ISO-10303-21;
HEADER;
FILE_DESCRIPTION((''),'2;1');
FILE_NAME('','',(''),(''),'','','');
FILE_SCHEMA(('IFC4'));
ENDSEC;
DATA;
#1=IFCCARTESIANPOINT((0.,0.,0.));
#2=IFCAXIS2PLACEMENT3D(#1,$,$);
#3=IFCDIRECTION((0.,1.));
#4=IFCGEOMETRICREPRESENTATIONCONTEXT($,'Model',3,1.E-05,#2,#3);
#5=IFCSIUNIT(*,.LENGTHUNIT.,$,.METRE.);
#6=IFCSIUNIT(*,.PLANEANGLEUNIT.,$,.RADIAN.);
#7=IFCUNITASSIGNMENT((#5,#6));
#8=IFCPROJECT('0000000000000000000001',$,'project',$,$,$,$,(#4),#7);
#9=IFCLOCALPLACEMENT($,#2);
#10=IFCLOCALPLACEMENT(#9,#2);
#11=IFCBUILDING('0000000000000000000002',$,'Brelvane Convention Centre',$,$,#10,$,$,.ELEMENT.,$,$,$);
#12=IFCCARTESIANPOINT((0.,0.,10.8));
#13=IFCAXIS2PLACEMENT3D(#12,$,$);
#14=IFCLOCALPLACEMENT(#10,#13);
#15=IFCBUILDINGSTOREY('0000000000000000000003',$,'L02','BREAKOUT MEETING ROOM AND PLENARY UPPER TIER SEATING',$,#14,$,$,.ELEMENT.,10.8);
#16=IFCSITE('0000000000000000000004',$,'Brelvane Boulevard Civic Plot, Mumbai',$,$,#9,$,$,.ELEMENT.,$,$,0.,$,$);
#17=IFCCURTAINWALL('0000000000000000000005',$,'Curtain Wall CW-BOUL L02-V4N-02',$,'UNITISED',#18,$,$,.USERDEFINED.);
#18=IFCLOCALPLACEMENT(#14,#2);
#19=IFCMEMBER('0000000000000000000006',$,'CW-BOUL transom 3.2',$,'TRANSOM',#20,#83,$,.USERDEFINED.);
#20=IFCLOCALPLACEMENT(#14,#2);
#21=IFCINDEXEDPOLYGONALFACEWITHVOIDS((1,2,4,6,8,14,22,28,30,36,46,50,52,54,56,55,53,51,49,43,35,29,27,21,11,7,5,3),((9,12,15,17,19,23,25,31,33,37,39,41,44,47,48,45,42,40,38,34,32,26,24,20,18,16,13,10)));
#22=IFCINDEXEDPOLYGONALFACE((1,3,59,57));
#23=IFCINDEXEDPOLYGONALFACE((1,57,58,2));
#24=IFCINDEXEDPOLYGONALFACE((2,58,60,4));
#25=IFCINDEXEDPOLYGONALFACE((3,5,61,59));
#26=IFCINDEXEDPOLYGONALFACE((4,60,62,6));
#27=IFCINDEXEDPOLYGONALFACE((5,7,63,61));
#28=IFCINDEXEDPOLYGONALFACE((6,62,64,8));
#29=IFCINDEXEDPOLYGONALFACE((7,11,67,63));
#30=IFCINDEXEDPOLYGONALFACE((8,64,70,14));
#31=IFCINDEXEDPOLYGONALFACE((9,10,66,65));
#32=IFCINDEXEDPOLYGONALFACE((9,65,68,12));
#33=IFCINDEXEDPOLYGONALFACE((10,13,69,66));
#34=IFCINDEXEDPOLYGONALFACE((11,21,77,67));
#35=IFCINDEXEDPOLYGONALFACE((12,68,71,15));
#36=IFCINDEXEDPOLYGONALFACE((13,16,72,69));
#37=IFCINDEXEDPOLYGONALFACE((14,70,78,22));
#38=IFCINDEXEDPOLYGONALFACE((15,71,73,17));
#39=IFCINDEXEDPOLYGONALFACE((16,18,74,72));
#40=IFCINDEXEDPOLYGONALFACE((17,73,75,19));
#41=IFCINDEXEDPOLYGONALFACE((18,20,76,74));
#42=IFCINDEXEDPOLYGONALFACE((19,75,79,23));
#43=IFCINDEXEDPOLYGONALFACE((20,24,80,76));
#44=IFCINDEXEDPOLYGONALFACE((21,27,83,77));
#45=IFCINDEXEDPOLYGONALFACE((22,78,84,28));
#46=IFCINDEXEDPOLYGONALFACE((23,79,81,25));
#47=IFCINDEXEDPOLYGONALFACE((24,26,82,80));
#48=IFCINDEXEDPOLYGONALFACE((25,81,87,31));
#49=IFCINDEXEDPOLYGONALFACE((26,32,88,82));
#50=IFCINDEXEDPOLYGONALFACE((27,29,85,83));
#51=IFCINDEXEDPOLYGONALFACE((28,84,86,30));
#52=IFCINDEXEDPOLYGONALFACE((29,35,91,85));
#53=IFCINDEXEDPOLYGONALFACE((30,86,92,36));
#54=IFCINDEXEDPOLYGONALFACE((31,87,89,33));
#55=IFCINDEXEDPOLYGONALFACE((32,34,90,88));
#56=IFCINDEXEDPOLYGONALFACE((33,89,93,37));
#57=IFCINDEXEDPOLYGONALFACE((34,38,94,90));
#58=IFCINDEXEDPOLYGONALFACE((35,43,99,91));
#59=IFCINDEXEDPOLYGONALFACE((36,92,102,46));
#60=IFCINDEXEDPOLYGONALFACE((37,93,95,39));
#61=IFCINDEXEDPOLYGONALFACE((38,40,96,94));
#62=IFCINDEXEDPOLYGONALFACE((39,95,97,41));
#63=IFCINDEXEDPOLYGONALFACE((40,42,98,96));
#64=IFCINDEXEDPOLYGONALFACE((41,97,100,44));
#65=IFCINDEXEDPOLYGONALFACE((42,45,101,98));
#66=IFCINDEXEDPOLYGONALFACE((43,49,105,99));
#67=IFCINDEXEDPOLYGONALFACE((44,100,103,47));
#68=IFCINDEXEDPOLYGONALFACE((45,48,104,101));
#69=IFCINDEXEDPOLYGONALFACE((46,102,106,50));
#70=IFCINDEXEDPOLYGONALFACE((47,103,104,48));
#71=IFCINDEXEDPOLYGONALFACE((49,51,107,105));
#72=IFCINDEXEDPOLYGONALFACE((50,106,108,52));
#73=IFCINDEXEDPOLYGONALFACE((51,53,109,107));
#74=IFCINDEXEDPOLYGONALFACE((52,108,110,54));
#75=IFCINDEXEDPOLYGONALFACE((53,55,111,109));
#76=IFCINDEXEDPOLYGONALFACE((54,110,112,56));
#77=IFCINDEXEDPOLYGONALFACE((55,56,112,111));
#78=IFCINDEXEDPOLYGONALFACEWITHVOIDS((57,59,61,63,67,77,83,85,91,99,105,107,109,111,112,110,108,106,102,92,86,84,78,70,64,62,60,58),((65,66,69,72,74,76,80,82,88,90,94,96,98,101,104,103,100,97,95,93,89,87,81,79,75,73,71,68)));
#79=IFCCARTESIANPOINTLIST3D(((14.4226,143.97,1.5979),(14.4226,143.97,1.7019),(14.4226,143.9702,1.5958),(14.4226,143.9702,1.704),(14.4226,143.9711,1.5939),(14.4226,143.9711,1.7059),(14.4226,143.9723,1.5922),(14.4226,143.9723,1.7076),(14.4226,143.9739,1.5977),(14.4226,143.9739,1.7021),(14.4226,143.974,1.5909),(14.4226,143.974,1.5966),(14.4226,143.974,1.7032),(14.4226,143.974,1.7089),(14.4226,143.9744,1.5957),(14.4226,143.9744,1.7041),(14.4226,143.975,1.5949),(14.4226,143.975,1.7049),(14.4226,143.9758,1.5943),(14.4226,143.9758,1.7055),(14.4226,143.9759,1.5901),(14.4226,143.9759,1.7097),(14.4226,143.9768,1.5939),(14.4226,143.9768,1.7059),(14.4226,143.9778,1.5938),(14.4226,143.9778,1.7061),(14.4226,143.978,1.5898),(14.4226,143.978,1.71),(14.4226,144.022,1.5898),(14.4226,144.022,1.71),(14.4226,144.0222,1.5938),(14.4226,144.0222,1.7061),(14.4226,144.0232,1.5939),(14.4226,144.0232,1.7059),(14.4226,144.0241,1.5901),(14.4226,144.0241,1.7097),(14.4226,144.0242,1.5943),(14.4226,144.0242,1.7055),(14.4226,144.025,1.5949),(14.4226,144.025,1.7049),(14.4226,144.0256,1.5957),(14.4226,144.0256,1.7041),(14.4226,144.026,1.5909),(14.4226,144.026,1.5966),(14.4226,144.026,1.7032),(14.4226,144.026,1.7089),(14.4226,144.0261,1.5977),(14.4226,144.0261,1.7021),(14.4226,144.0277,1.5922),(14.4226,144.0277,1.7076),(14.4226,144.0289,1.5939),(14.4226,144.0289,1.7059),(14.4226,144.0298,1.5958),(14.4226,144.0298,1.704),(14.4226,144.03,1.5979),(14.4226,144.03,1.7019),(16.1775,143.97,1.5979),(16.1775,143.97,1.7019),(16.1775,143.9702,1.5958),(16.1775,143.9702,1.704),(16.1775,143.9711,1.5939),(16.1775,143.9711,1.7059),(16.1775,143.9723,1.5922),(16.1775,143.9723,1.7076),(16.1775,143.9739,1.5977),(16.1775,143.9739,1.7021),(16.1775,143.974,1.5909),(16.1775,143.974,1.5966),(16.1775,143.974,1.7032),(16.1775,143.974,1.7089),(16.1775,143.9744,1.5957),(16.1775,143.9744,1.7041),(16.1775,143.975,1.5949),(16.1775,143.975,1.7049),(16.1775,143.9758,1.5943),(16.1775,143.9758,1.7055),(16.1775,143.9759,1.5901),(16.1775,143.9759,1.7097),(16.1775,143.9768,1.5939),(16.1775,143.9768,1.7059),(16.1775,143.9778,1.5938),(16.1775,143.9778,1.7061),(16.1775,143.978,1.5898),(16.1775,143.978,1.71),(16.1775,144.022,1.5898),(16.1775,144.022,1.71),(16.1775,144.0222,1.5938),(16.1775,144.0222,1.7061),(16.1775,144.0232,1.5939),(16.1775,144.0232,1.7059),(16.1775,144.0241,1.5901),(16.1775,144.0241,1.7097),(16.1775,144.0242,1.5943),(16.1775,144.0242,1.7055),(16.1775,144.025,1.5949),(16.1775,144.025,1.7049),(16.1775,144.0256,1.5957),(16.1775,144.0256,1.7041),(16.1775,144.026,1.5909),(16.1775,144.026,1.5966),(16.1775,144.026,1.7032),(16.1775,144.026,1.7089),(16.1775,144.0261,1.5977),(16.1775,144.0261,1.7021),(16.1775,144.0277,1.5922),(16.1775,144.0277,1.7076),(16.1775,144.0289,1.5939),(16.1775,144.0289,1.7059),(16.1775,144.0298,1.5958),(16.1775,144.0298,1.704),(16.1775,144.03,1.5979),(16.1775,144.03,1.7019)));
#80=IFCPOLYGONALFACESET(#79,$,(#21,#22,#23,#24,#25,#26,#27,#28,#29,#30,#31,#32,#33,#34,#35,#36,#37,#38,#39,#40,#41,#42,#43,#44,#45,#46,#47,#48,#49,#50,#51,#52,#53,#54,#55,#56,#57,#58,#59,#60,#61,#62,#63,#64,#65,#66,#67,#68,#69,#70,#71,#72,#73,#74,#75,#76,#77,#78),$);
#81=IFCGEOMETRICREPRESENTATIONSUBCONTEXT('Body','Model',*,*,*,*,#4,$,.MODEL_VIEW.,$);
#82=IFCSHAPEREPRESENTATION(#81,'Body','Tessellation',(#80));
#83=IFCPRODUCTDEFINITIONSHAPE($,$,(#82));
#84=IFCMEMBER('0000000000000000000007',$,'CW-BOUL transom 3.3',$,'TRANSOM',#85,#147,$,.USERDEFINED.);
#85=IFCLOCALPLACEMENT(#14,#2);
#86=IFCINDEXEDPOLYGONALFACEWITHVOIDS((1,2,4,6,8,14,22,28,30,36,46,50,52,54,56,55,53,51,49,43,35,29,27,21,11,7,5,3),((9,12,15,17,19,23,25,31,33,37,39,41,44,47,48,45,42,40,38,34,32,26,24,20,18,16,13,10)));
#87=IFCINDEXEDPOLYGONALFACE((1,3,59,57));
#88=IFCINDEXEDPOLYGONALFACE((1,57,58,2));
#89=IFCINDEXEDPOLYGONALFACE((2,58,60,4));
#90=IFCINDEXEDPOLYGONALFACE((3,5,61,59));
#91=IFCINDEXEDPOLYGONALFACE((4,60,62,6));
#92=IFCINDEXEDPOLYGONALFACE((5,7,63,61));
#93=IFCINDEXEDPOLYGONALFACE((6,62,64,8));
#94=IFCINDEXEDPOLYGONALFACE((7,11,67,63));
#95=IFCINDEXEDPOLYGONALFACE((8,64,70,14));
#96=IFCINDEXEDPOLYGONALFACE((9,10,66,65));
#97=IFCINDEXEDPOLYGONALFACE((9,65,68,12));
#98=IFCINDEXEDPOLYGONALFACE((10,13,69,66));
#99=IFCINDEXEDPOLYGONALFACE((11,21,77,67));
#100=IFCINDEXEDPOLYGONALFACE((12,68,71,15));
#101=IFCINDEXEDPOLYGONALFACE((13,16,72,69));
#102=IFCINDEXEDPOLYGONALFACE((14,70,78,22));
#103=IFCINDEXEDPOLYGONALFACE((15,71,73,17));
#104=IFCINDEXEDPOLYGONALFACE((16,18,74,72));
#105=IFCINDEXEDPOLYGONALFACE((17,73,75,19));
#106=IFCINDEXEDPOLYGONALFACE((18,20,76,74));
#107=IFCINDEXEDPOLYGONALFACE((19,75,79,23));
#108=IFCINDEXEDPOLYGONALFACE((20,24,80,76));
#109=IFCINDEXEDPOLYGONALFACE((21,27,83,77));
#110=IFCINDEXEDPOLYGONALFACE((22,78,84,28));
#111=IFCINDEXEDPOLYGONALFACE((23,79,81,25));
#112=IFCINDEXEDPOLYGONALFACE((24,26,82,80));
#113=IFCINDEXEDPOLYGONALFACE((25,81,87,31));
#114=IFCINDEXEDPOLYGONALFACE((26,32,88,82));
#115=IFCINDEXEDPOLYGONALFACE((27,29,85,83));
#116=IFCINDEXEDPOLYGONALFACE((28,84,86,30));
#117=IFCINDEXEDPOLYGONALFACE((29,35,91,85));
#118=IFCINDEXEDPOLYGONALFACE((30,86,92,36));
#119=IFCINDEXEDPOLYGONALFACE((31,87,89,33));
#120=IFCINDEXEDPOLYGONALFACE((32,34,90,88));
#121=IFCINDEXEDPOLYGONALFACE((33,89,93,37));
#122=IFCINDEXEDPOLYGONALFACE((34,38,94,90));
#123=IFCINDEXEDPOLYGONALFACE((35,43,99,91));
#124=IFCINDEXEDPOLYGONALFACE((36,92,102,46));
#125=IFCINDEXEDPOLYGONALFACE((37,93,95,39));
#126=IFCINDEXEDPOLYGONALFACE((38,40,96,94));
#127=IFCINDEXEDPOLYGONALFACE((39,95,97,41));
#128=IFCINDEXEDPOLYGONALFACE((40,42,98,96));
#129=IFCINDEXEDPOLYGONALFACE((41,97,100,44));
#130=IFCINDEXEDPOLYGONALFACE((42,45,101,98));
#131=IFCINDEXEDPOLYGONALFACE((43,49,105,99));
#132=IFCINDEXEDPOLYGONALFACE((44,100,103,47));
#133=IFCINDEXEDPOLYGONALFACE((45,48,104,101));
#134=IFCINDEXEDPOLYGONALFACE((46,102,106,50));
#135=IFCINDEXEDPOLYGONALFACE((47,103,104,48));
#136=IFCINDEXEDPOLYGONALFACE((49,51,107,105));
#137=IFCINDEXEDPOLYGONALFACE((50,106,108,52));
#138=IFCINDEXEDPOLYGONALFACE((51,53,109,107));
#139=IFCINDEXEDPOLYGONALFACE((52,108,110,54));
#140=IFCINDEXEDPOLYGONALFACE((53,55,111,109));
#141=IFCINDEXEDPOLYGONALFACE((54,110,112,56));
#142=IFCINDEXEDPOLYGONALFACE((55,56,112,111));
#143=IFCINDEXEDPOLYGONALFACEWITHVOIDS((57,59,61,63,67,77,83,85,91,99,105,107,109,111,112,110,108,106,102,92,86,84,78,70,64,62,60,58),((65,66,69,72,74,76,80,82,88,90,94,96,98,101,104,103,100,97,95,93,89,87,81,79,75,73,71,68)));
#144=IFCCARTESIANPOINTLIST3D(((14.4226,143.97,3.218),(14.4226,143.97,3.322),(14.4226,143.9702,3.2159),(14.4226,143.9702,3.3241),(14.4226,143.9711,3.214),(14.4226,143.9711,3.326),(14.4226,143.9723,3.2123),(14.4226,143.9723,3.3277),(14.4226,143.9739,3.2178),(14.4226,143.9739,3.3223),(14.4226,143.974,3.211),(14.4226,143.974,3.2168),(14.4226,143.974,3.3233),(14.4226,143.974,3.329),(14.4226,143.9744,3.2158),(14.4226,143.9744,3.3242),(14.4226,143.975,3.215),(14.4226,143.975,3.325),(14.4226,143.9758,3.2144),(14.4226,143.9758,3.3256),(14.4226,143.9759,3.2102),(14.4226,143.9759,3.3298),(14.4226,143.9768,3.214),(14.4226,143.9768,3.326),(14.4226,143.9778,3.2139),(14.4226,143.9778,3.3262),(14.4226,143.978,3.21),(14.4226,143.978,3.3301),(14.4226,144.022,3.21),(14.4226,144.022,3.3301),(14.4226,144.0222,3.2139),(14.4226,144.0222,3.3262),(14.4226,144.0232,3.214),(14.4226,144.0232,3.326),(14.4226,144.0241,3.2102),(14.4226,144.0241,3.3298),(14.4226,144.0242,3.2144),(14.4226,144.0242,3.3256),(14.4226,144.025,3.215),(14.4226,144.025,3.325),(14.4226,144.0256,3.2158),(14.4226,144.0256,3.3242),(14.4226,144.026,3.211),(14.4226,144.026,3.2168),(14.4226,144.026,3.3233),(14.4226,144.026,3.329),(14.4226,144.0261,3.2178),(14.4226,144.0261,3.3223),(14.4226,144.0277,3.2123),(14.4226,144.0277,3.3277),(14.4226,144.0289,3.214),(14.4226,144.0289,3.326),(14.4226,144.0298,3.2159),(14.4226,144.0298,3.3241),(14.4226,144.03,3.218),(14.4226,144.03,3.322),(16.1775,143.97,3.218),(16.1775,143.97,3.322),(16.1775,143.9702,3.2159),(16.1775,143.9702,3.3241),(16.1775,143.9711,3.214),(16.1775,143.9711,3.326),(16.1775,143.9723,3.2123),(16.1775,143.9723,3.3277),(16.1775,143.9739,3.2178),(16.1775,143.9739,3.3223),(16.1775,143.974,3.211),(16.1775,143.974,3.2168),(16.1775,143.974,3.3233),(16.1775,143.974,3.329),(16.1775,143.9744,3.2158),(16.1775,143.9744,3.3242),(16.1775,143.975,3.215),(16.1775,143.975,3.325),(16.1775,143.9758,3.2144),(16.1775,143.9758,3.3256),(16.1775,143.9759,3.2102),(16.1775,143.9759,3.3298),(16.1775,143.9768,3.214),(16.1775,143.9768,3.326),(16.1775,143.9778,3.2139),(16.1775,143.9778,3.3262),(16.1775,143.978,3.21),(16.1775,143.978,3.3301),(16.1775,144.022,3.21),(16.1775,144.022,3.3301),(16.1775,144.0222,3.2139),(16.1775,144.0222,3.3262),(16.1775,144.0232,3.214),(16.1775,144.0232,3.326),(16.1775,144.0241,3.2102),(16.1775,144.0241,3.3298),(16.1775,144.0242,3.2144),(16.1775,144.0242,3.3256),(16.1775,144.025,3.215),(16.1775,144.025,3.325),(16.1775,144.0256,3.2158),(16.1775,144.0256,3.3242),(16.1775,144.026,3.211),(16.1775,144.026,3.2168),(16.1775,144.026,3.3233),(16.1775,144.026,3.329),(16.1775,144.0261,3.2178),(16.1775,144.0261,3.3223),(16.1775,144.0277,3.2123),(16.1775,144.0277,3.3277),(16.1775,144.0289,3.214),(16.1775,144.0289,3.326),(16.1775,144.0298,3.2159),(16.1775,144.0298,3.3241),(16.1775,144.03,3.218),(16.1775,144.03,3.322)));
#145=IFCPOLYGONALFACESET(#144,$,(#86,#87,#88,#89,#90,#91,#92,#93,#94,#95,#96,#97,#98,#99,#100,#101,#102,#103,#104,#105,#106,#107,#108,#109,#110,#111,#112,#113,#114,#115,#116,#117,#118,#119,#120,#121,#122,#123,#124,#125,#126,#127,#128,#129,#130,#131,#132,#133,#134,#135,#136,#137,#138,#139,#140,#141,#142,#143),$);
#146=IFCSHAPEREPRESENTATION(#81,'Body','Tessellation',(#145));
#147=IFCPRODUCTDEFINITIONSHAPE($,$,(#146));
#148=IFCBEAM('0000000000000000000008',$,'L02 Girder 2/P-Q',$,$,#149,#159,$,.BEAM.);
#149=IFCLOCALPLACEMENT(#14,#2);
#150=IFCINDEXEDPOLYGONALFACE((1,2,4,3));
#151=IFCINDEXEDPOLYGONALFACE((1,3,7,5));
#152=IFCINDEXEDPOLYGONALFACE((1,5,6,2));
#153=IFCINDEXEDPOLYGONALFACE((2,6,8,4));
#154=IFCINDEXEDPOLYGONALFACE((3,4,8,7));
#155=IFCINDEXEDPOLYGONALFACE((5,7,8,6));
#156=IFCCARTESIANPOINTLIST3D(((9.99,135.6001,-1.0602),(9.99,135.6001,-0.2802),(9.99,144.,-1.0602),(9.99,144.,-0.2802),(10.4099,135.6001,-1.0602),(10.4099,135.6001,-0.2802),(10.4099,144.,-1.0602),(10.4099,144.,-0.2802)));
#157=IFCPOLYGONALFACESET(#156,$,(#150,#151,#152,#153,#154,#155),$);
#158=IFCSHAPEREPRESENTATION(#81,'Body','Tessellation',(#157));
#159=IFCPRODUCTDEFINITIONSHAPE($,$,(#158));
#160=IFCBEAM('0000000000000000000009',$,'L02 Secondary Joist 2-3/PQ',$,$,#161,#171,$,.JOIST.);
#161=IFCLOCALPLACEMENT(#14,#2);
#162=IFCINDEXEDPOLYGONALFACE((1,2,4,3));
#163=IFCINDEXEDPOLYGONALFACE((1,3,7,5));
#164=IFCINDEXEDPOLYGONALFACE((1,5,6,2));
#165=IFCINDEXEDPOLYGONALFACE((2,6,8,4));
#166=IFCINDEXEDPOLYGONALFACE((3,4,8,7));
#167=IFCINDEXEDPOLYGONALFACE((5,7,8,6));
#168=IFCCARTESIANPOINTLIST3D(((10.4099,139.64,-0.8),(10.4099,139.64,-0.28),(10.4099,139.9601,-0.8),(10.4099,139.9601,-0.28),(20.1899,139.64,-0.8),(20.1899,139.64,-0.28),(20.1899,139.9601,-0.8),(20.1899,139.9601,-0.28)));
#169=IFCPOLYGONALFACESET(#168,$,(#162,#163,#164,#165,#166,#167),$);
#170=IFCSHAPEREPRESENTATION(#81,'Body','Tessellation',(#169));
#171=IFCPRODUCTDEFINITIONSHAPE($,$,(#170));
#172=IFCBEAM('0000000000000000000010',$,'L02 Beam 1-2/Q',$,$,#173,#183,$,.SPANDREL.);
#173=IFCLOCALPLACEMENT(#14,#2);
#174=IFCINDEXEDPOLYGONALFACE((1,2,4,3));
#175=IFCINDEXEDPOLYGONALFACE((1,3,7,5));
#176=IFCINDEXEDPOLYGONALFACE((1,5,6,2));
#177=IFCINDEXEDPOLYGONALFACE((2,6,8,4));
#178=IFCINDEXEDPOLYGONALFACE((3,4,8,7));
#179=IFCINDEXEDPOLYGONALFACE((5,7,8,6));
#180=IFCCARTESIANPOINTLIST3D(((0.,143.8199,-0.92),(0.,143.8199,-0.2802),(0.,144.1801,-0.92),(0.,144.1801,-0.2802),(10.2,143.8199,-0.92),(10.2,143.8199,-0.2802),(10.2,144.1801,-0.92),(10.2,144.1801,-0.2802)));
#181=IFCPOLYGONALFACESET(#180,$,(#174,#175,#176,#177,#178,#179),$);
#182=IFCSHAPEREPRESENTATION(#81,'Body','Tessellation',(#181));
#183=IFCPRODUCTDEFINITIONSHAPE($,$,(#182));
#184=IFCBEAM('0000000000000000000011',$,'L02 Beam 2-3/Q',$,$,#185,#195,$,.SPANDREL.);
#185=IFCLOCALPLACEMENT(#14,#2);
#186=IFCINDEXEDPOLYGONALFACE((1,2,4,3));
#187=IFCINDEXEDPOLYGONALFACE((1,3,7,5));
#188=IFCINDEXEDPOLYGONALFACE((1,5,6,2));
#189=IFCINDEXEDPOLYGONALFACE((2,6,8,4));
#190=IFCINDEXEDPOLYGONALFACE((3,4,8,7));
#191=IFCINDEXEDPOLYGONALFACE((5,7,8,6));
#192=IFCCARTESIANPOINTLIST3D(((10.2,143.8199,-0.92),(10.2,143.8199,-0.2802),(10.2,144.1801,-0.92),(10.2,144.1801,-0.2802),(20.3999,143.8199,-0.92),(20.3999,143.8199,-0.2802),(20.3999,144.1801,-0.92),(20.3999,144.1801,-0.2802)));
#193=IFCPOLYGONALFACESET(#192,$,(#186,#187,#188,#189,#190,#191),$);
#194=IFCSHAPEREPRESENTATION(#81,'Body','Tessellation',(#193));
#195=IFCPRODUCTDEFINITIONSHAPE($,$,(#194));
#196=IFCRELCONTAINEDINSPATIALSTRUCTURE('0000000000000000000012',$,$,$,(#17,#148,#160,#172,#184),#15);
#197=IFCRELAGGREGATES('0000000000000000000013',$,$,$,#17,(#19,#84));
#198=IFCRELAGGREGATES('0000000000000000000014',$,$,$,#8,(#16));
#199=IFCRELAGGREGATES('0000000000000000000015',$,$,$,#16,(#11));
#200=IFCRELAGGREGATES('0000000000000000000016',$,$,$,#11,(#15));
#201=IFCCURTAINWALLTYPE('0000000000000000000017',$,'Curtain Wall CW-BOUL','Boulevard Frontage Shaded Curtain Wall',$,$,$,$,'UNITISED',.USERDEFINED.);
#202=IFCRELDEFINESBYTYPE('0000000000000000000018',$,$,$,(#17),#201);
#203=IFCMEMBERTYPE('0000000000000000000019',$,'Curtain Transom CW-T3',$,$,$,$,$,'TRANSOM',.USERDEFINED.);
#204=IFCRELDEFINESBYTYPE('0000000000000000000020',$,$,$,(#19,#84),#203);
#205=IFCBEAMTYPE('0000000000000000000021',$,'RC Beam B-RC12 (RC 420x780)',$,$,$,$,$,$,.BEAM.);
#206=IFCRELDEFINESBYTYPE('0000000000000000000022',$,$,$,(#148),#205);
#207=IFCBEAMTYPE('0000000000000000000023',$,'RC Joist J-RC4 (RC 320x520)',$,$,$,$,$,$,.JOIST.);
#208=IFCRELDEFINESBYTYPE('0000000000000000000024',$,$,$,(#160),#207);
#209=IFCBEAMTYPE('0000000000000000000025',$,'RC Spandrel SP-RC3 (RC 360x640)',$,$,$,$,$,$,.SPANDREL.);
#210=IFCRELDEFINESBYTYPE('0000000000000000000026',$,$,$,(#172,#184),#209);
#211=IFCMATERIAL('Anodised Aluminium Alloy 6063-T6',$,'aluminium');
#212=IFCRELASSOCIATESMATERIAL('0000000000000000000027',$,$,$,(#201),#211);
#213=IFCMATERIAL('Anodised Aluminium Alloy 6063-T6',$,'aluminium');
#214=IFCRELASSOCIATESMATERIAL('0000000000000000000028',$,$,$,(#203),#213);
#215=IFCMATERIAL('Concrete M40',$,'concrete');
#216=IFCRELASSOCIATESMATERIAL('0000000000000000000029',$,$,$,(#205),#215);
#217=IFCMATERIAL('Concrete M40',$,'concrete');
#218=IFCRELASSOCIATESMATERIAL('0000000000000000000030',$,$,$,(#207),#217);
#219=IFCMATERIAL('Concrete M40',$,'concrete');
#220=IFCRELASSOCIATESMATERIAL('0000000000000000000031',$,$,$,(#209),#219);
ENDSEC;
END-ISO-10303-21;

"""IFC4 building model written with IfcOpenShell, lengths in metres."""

from ifc_helpers import new_model, si_unit, direction, frame, origin, origin_2d, place, context, subcontext, project, spatial, rectangle, hollow_rectangle, extrude, material, material_profile, profile_set, type_object, element, aggregate, save


model = new_model("IFC4")

# Units and contexts
model_context = context("Model", 3, precision=1e-05, world=origin(), true_north=direction((0.0, 1.0)))
body_context = subcontext(model_context, "Body", "Model", "MODEL_VIEW")
ifc_project = project(units=[si_unit("LENGTHUNIT", "METRE"), si_unit("PLANEANGLEUNIT", "RADIAN")], contexts=[model_context])

# Site, building, storey
site_placement = place(None, origin())
site = spatial("IfcSite", under=ifc_project, at=site_placement, Name="Brelvane Boulevard Civic Plot, Mumbai", CompositionType="ELEMENT", RefElevation=0.0)
building_placement = place(site_placement, origin())
building = spatial("IfcBuilding", under=site, at=building_placement, Name="Brelvane Convention Centre", CompositionType="ELEMENT")
storey_placement = place(building_placement, frame((0.0, 0.0, 10.8)))
storey = spatial("IfcBuildingStorey", under=building, at=storey_placement, Name="L02", Description="BREAKOUT MEETING ROOM AND PLENARY UPPER TIER SEATING", CompositionType="ELEMENT", Elevation=10.8)

# Curtain wall, members
ifc_material_1 = material(Name="Anodised Aluminium Alloy 6063-T6", Category="aluminium")
curtain_wall_type = type_object("IfcCurtainWallType", Name="Curtain Wall CW-BOUL", Description="Boulevard Frontage Shaded Curtain Wall", ElementType="UNITISED", PredefinedType="USERDEFINED", material=ifc_material_1)
curtain_wall_placement = place(storey_placement, origin())
curtain_wall = element("IfcCurtainWall", 1, at=curtain_wall_placement, inside=storey, type_object=curtain_wall_type, Name="Curtain Wall CW-BOUL L02-V4N-02", ObjectType="UNITISED", PredefinedType="USERDEFINED")
ifc_material_2 = material(Name="Anodised Aluminium Alloy 6063-T6", Category="aluminium")
ifc_material_profile_1 = material_profile(ifc_material_2, hollow_rectangle(XDim=0.0601, YDim=0.1201, WallThickness=0.0039, InnerFilletRadius=0.0039, OuterFilletRadius=0.0081, at=origin_2d()), Name="ALU-T 120x60x4.0")
ifc_profile_set_1 = profile_set([ifc_material_profile_1], Name="Anodised Aluminium Alloy 6063-T6")
member_type_1 = type_object("IfcMemberType", Name="Curtain Transom CW-T3", ElementType="TRANSOM", PredefinedType="USERDEFINED", material=ifc_profile_set_1)
member_1_placement = place(storey_placement, frame((14.4226, 144.0, 1.6499), z_axis=(1.0, 0.0, 0.0), x_axis=(0.0, 1.0, 0.0)))
member_1 = element("IfcMember", 2, at=member_1_placement, type_object=member_type_1, Name="CW-BOUL transom 3.2", ObjectType="TRANSOM", PredefinedType="USERDEFINED", context=body_context, shape_type="SweptSolid", body=[
    extrude(hollow_rectangle(XDim=0.0601, YDim=0.1201, WallThickness=0.0039, InnerFilletRadius=0.0039, OuterFilletRadius=0.0081, at=origin_2d()), origin(), (0.0, 0.0, 1.0), 1.7549),
])
member_2_placement = place(storey_placement, frame((14.4226, 144.0, 3.27), z_axis=(1.0, 0.0, 0.0), x_axis=(0.0, 1.0, 0.0)))
member_2 = element("IfcMember", 3, at=member_2_placement, type_object=member_type_1, Name="CW-BOUL transom 3.3", ObjectType="TRANSOM", PredefinedType="USERDEFINED", context=body_context, shape_type="SweptSolid", body=[
    extrude(hollow_rectangle(XDim=0.0601, YDim=0.1201, WallThickness=0.0039, InnerFilletRadius=0.0039, OuterFilletRadius=0.0081, at=origin_2d()), origin(), (0.0, 0.0, 1.0), 1.7549),
])

# Beams
ifc_material_3 = material(Name="Concrete M40", Category="concrete")
ifc_material_profile_2 = material_profile(ifc_material_3, rectangle(XDim=0.4199, YDim=0.78, at=origin_2d()), Name="RC 420x780")
ifc_profile_set_2 = profile_set([ifc_material_profile_2], Name="Concrete M40")
beam_type_1 = type_object("IfcBeamType", Name="RC Beam B-RC12 (RC 420x780)", PredefinedType="BEAM", material=ifc_profile_set_2)
beam_1_placement = place(storey_placement, frame((10.2, 135.6001, -0.6702), z_axis=(0.0, 1.0, 0.0), x_axis=(-1.0, 0.0, 0.0)))
element("IfcBeam", 4, at=beam_1_placement, inside=storey, type_object=beam_type_1, Name="L02 Girder 2/P-Q", PredefinedType="BEAM", context=body_context, shape_type="SweptSolid", body=[
    extrude(rectangle(XDim=0.4199, YDim=0.78, at=origin_2d()), origin(), (0.0, 0.0, 1.0), 8.3999),
])
ifc_material_4 = material(Name="Concrete M40", Category="concrete")
ifc_material_profile_3 = material_profile(ifc_material_4, rectangle(XDim=0.3201, YDim=0.52, at=origin_2d()), Name="RC 320x520")
ifc_profile_set_3 = profile_set([ifc_material_profile_3], Name="Concrete M40")
beam_type_2 = type_object("IfcBeamType", Name="RC Joist J-RC4 (RC 320x520)", PredefinedType="JOIST", material=ifc_profile_set_3)
beam_2_placement = place(storey_placement, frame((10.4099, 139.8, -0.54), z_axis=(1.0, 0.0, 0.0), x_axis=(0.0, 1.0, 0.0)))
element("IfcBeam", 5, at=beam_2_placement, inside=storey, type_object=beam_type_2, Name="L02 Secondary Joist 2-3/PQ", PredefinedType="JOIST", context=body_context, shape_type="SweptSolid", body=[
    extrude(rectangle(XDim=0.3201, YDim=0.52, at=origin_2d()), origin(), (0.0, 0.0, 1.0), 9.78),
])
ifc_material_5 = material(Name="Concrete M40", Category="concrete")
ifc_material_profile_4 = material_profile(ifc_material_5, rectangle(XDim=0.3601, YDim=0.6399, at=origin_2d()), Name="RC 360x640")
ifc_profile_set_4 = profile_set([ifc_material_profile_4], Name="Concrete M40")
beam_type_3 = type_object("IfcBeamType", Name="RC Spandrel SP-RC3 (RC 360x640)", PredefinedType="SPANDREL", material=ifc_profile_set_4)
for number, where, z_axis, x_axis, name in (
    (6, (0.0, 144.0, -0.6001), (1.0, 0.0, 0.0), (0.0, 1.0, 0.0), "L02 Beam 1-2/Q"),
    (7, (10.2, 144.0, -0.6001), (1.0, 0.0, 0.0), (0.0, 1.0, 0.0), "L02 Beam 2-3/Q"),
):
    element("IfcBeam", number, at=place(storey_placement, frame(where, z_axis=z_axis, x_axis=x_axis)), inside=storey, type_object=beam_type_3, Name=name, PredefinedType="SPANDREL", context=body_context, shape_type="SweptSolid", body=[
        extrude(rectangle(XDim=0.3601, YDim=0.6399, at=origin_2d()), origin(), (0.0, 0.0, 1.0), 10.2),
    ])

aggregate(curtain_wall, [member_1, member_2])

save(model, "model.ifc")
